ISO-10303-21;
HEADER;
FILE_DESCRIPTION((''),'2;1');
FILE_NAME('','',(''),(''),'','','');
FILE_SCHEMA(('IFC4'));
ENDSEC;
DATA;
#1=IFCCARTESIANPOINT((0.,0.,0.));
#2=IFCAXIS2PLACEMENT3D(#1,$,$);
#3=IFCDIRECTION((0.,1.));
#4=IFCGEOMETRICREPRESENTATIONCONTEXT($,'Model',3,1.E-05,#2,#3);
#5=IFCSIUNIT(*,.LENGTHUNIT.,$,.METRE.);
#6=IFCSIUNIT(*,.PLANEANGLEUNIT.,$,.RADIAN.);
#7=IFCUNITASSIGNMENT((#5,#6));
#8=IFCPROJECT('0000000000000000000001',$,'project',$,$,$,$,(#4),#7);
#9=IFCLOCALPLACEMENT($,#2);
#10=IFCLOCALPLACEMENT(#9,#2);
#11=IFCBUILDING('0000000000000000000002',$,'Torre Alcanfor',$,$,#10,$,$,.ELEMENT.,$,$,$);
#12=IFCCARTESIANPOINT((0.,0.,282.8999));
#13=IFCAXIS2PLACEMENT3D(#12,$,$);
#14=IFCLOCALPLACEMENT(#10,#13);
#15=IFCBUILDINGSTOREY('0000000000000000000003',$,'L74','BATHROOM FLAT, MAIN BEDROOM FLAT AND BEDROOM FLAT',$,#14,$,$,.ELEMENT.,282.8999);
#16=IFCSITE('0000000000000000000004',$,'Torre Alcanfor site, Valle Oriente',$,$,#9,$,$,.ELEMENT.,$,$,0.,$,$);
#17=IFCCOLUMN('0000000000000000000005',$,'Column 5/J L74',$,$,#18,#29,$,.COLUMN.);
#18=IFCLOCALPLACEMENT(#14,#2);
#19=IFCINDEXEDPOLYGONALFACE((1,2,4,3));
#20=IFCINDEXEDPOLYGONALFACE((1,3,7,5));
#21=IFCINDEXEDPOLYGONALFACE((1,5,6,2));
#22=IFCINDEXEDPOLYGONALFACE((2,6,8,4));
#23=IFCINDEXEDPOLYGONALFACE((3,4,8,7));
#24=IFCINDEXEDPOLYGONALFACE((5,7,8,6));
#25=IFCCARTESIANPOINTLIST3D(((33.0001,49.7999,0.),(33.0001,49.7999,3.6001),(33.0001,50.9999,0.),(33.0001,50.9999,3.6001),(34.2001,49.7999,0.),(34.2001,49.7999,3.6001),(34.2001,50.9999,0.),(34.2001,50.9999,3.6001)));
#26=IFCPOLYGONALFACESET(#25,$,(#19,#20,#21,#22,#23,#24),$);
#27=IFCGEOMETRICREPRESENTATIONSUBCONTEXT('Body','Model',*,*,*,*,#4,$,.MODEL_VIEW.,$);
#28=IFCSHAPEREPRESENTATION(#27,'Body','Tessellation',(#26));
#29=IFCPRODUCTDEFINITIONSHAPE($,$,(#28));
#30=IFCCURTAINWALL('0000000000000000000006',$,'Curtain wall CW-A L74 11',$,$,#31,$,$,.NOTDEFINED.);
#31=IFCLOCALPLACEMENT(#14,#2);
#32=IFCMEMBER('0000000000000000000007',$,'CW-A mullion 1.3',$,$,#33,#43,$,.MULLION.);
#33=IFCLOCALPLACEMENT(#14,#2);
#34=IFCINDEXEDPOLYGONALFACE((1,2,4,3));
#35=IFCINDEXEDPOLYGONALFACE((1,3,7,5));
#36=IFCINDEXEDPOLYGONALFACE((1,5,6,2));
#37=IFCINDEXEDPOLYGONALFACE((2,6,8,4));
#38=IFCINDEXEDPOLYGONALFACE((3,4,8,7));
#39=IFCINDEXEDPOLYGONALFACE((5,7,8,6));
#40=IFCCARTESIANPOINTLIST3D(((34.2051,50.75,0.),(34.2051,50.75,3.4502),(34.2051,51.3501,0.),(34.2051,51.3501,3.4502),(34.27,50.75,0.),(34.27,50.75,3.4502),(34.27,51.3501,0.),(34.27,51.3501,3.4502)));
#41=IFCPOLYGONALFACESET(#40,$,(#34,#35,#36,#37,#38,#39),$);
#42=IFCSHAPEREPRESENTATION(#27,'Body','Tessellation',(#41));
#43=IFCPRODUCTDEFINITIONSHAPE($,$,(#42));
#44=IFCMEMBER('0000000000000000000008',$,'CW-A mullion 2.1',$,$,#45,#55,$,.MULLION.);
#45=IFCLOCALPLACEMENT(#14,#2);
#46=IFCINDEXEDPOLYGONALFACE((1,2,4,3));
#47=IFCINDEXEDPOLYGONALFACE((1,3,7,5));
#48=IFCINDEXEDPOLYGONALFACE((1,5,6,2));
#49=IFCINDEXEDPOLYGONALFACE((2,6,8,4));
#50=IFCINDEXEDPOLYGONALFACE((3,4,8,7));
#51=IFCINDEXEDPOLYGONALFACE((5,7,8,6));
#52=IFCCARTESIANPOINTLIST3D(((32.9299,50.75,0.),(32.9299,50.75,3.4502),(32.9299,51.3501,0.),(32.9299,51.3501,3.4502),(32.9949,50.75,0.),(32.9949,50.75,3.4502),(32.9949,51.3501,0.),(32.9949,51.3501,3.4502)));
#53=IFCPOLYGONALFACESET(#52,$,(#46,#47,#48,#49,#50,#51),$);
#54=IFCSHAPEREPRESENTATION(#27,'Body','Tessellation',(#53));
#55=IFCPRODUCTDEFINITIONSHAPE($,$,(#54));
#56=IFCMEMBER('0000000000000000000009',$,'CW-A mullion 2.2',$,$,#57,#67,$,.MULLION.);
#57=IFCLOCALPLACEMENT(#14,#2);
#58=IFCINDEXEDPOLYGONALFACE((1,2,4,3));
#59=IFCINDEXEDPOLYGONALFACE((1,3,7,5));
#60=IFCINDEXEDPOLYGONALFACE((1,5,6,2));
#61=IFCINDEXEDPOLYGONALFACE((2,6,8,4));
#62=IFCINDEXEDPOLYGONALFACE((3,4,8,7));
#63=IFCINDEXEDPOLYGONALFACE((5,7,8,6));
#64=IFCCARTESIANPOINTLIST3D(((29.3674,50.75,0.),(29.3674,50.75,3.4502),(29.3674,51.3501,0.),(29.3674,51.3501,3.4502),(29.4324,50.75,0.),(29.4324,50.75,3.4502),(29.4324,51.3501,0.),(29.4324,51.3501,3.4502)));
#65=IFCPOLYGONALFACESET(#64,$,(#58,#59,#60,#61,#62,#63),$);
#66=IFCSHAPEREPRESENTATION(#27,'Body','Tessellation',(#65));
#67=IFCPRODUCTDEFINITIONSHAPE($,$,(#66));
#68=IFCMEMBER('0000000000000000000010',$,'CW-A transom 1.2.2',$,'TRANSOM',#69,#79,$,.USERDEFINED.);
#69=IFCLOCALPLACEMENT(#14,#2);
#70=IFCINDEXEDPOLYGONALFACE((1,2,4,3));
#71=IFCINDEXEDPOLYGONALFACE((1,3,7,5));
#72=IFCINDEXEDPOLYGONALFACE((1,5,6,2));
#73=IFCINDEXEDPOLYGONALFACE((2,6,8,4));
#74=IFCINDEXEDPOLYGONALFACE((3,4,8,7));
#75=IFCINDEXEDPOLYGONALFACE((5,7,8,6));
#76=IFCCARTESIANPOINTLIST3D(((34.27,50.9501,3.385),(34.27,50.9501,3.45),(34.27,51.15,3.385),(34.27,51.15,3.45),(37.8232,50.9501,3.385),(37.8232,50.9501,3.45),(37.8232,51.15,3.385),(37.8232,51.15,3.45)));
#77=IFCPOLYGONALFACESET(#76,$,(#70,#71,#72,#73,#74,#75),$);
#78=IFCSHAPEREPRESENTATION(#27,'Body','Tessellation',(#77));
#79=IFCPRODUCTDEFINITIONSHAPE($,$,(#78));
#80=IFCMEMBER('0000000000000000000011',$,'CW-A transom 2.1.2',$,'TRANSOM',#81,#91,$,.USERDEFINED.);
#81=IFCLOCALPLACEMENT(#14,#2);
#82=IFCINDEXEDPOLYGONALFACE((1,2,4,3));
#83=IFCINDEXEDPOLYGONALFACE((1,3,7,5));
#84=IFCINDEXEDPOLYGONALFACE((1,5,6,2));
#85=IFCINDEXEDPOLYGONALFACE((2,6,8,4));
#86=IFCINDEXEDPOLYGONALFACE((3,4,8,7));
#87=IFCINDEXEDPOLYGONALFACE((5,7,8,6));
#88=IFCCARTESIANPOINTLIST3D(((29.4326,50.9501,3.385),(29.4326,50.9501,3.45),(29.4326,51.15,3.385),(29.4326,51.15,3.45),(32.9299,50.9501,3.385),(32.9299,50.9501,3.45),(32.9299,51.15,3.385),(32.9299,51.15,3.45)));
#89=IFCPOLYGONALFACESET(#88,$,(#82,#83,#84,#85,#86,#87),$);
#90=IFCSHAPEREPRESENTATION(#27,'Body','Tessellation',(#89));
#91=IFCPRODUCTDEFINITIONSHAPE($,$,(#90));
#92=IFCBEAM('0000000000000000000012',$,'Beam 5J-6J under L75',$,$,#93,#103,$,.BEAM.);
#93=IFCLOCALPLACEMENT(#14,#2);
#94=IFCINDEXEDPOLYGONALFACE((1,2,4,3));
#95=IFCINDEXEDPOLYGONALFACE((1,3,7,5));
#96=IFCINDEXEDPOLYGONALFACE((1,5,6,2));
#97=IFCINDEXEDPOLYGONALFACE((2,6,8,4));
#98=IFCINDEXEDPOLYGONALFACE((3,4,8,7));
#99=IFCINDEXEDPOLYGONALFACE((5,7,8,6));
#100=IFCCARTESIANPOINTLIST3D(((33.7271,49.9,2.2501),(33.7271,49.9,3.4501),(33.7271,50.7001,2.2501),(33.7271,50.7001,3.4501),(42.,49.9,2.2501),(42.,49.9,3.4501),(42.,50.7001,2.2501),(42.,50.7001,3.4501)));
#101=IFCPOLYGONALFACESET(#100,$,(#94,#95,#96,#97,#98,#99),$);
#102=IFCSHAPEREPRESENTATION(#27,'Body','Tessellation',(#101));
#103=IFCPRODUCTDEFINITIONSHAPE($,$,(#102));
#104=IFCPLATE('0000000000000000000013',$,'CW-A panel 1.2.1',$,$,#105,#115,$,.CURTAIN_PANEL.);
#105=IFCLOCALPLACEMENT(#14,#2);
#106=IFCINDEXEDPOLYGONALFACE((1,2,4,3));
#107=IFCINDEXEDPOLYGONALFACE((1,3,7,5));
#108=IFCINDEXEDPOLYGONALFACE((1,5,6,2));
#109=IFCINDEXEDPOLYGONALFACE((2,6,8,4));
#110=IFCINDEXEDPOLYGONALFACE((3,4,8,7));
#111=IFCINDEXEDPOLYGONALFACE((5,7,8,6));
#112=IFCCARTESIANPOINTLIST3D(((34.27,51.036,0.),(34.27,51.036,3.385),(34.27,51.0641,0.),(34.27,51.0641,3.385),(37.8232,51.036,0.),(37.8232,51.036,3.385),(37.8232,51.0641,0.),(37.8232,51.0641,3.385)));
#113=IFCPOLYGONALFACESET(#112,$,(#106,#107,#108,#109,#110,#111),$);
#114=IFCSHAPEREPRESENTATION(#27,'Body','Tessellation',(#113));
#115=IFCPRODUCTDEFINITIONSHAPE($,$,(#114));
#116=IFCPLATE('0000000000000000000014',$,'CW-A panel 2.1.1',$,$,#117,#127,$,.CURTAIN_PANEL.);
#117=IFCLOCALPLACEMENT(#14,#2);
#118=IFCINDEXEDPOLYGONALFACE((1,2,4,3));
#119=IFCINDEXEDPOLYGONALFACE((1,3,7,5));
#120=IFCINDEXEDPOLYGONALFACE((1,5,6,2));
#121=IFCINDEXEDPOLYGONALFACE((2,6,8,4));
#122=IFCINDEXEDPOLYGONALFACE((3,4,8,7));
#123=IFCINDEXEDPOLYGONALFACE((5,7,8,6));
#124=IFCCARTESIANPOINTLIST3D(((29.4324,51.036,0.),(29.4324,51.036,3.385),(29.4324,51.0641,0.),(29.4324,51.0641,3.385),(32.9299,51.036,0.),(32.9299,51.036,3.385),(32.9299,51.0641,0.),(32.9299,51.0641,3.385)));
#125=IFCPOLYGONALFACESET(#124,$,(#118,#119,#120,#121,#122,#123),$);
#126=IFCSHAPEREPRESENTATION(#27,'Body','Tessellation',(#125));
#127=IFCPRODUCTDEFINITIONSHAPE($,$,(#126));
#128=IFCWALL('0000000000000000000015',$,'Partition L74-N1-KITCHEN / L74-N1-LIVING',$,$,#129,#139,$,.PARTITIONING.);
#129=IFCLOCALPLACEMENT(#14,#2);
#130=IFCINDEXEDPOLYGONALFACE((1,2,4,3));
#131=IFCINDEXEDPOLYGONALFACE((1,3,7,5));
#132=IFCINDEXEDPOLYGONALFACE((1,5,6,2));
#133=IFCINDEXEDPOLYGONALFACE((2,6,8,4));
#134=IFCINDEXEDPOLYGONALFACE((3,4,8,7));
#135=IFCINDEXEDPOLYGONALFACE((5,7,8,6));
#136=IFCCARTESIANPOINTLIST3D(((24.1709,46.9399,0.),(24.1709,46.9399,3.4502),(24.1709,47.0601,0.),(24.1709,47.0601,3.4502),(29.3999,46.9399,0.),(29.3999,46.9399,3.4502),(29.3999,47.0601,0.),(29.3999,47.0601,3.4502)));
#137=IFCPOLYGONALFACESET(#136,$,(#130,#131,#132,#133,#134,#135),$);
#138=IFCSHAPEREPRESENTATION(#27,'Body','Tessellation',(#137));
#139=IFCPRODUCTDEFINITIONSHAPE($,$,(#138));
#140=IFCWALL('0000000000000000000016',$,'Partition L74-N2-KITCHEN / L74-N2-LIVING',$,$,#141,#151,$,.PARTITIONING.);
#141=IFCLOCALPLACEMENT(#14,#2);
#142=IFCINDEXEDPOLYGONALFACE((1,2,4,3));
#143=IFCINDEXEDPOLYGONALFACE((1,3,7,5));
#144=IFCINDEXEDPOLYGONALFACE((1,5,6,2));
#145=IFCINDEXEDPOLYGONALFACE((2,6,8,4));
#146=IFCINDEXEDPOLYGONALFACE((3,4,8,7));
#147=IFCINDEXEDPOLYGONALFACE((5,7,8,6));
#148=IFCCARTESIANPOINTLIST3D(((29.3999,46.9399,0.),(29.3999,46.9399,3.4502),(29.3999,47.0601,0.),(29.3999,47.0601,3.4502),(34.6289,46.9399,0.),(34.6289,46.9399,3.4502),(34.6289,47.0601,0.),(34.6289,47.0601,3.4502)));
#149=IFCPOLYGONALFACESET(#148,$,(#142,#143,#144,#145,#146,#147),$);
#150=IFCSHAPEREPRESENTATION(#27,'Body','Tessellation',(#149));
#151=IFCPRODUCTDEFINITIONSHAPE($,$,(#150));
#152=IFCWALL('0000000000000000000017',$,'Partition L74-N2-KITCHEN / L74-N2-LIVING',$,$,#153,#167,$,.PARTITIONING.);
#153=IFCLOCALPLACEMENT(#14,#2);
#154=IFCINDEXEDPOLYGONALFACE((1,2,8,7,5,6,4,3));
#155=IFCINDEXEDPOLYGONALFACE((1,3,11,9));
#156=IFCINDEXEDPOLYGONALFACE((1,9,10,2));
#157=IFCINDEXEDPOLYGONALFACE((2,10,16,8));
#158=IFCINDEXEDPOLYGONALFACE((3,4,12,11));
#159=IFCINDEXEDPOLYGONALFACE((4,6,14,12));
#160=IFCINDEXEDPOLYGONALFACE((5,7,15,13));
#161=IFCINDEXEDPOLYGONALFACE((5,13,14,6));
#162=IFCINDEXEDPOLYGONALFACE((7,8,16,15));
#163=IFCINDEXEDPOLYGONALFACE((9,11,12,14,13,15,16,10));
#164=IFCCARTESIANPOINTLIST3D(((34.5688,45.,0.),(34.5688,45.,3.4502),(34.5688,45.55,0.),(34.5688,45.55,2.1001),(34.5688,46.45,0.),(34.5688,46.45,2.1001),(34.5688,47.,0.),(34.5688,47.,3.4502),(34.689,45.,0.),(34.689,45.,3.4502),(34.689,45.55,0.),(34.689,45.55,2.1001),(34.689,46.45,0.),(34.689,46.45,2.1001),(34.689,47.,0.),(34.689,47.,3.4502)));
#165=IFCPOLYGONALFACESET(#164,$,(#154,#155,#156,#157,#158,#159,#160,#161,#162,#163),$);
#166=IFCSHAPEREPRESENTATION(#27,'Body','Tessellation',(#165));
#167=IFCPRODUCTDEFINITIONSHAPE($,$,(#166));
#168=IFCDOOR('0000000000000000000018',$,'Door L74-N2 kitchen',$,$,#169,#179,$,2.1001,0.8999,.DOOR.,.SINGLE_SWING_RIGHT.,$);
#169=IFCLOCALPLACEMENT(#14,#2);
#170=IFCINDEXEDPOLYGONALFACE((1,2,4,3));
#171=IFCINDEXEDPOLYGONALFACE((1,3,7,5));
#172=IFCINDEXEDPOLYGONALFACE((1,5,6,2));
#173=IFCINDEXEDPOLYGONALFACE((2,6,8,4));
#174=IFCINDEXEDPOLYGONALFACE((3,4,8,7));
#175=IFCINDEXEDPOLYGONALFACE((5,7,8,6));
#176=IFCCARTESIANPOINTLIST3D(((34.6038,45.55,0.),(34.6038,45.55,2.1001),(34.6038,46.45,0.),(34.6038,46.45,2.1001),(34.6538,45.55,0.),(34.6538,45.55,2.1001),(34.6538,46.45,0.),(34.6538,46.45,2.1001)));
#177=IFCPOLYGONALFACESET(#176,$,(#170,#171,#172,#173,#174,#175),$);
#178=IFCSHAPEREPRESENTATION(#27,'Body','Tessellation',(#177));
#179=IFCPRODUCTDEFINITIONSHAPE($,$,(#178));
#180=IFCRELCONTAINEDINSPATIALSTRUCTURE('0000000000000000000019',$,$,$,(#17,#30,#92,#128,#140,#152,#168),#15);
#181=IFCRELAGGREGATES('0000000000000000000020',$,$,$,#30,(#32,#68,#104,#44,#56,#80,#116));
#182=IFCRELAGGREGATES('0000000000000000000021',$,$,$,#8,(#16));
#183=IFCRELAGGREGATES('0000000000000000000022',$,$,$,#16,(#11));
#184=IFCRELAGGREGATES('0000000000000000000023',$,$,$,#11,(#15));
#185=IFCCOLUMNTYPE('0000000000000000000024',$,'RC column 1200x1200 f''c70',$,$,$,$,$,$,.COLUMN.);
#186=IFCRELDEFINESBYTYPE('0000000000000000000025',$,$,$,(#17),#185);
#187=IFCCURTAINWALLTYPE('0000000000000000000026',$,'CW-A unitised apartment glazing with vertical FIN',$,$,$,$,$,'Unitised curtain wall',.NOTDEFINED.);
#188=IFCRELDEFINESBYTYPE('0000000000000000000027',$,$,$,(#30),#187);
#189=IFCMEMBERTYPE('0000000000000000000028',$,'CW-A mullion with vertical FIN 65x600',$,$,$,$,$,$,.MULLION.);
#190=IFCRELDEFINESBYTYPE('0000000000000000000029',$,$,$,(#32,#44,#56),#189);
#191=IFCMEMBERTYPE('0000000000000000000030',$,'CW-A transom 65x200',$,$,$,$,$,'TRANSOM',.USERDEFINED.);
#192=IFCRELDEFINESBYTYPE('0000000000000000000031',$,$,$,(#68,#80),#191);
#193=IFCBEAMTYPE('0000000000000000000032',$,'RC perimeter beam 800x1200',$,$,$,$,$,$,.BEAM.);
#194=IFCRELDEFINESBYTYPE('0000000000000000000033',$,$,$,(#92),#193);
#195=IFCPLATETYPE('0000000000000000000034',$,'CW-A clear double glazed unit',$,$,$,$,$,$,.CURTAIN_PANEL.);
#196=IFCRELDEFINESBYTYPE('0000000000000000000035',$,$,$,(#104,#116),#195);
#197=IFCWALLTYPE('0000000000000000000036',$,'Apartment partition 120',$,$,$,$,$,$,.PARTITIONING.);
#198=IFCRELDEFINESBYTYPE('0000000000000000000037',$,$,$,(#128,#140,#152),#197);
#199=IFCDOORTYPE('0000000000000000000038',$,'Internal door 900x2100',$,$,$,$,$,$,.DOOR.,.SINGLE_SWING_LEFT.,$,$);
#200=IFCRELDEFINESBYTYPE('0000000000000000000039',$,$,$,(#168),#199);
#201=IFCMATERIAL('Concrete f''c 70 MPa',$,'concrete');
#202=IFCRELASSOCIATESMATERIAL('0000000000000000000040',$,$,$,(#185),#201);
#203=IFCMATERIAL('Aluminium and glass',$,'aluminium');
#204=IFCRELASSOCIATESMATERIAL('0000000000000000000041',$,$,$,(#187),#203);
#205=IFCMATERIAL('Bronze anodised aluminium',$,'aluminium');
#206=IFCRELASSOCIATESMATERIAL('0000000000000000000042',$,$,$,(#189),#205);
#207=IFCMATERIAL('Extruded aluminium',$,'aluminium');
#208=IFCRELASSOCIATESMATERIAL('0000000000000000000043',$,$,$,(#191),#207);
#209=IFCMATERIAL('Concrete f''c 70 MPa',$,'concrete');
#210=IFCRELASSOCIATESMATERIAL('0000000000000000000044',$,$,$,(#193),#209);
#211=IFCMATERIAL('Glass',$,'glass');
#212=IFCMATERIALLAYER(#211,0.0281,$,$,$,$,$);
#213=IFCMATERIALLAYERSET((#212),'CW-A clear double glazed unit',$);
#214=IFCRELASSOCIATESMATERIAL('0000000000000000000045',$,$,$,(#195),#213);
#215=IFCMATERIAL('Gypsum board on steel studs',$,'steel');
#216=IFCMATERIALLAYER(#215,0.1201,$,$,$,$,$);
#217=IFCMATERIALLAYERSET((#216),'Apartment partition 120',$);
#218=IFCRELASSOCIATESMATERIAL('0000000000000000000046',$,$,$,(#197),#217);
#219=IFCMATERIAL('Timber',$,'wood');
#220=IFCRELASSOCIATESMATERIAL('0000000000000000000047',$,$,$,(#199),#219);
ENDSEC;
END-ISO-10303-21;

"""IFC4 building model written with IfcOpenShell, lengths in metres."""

from ifc_helpers import new_model, si_unit, direction, frame, frame_2d, origin, origin_2d, place, context, subcontext, project, spatial, rectangle, extrude, material, layer, layer_set, material_profile, profile_set, type_object, element, fill, aggregate, save


model = new_model("IFC4")

# Units and contexts
model_context = context("Model", 3, precision=1e-05, world=origin(), true_north=direction((0.0, 1.0)))
body_context = subcontext(model_context, "Body", "Model", "MODEL_VIEW")
ifc_project = project(units=[si_unit("LENGTHUNIT", "METRE"), si_unit("PLANEANGLEUNIT", "RADIAN")], contexts=[model_context])

# Site, building, storey
site_placement = place(None, origin())
site = spatial("IfcSite", under=ifc_project, at=site_placement, Name="Torre Alcanfor site, Valle Oriente", CompositionType="ELEMENT", RefElevation=0.0)
building_placement = place(site_placement, origin())
building = spatial("IfcBuilding", under=site, at=building_placement, Name="Torre Alcanfor", CompositionType="ELEMENT")
storey_placement = place(building_placement, frame((0.0, 0.0, 282.8999)))
storey = spatial("IfcBuildingStorey", under=building, at=storey_placement, Name="L74", Description="BATHROOM FLAT, MAIN BEDROOM FLAT AND BEDROOM FLAT", CompositionType="ELEMENT", Elevation=282.8999)

# Column
ifc_material_1 = material(Name="Concrete f'c 70 MPa", Category="concrete")
ifc_material_profile_1 = material_profile(ifc_material_1, rectangle(XDim=1.2, YDim=1.2, at=origin_2d()), Name="1200x1200")
ifc_profile_set_1 = profile_set([ifc_material_profile_1], Name="Concrete f'c 70 MPa")
column_type = type_object("IfcColumnType", Name="RC column 1200x1200 f'c70", PredefinedType="COLUMN", material=ifc_profile_set_1)
column_placement = place(storey_placement, frame((33.6001, 50.3999, 0.0), z_axis=(0.0, 0.0, 1.0), x_axis=(1.0, 0.0, 0.0)))
element("IfcColumn", 1, at=column_placement, inside=storey, type_object=column_type, Name="Column 5/J L74", PredefinedType="COLUMN", context=body_context, shape_type="SweptSolid", body=[
    extrude(rectangle(XDim=1.2, YDim=1.2, at=origin_2d()), origin(), (0.0, 0.0, 1.0), 3.6001),
])

# Curtain wall, members
ifc_material_2 = material(Name="Aluminium and glass", Category="aluminium")
curtain_wall_type = type_object("IfcCurtainWallType", Name="CW-A unitised apartment glazing with vertical FIN", ElementType="Unitised curtain wall", PredefinedType="NOTDEFINED", material=ifc_material_2)
curtain_wall_placement = place(storey_placement, origin())
curtain_wall = element("IfcCurtainWall", 2, at=curtain_wall_placement, inside=storey, type_object=curtain_wall_type, Name="Curtain wall CW-A L74 11", PredefinedType="NOTDEFINED")
ifc_material_3 = material(Name="Bronze anodised aluminium", Category="aluminium")
ifc_material_profile_2 = material_profile(ifc_material_3, rectangle(XDim=0.6001, YDim=0.0649, at=origin_2d()), Name="CW-A mullion 65x600")
ifc_profile_set_2 = profile_set([ifc_material_profile_2], Name="Bronze anodised aluminium")
member_type_1 = type_object("IfcMemberType", Name="CW-A mullion with vertical FIN 65x600", PredefinedType="MULLION", material=ifc_profile_set_2)
member_1_placement = place(storey_placement, frame((34.2375, 51.05, 0.0), z_axis=(0.0, 0.0, 1.0), x_axis=(0.0, -1.0, 0.0)))
member_1 = element("IfcMember", 3, at=member_1_placement, type_object=member_type_1, Name="CW-A mullion 1.3", PredefinedType="MULLION", context=body_context, shape_type="SweptSolid", body=[
    extrude(rectangle(XDim=0.6001, YDim=0.0649, at=origin_2d()), origin(), (0.0, 0.0, 1.0), 3.4502),
])
member_2_placement = place(storey_placement, frame((32.9624, 51.05, 0.0), z_axis=(0.0, 0.0, 1.0), x_axis=(0.0, -1.0, 0.0)))
member_2 = element("IfcMember", 4, at=member_2_placement, type_object=member_type_1, Name="CW-A mullion 2.1", PredefinedType="MULLION", context=body_context, shape_type="SweptSolid", body=[
    extrude(rectangle(XDim=0.6001, YDim=0.0649, at=origin_2d()), origin(), (0.0, 0.0, 1.0), 3.4502),
])
member_3_placement = place(storey_placement, frame((29.3999, 51.05, 0.0), z_axis=(0.0, 0.0, 1.0), x_axis=(0.0, -1.0, 0.0)))
member_3 = element("IfcMember", 5, at=member_3_placement, type_object=member_type_1, Name="CW-A mullion 2.2", PredefinedType="MULLION", context=body_context, shape_type="SweptSolid", body=[
    extrude(rectangle(XDim=0.6001, YDim=0.0649, at=origin_2d()), origin(), (0.0, 0.0, 1.0), 3.4502),
])
ifc_material_4 = material(Name="Extruded aluminium", Category="aluminium")
ifc_material_profile_3 = material_profile(ifc_material_4, rectangle(XDim=0.2, YDim=0.0649, at=origin_2d()), Name="CW-A transom 200x65")
ifc_profile_set_3 = profile_set([ifc_material_profile_3], Name="Extruded aluminium")
member_type_2 = type_object("IfcMemberType", Name="CW-A transom 65x200", ElementType="TRANSOM", PredefinedType="USERDEFINED", material=ifc_profile_set_3)
member_4_placement = place(storey_placement, frame((37.8232, 51.05, 3.4175), z_axis=(-1.0, 0.0, 0.0), x_axis=(0.0, -1.0, 0.0)))
member_4 = element("IfcMember", 6, at=member_4_placement, type_object=member_type_2, Name="CW-A transom 1.2.2", ObjectType="TRANSOM", PredefinedType="USERDEFINED", context=body_context, shape_type="SweptSolid", body=[
    extrude(rectangle(XDim=0.2, YDim=0.0649, at=origin_2d()), origin(), (0.0, 0.0, 1.0), 3.5532),
])
member_5_placement = place(storey_placement, frame((32.9299, 51.05, 3.4175), z_axis=(-1.0, 0.0, 0.0), x_axis=(0.0, -1.0, 0.0)))
member_5 = element("IfcMember", 7, at=member_5_placement, type_object=member_type_2, Name="CW-A transom 2.1.2", ObjectType="TRANSOM", PredefinedType="USERDEFINED", context=body_context, shape_type="SweptSolid", body=[
    extrude(rectangle(XDim=0.2, YDim=0.0649, at=origin_2d()), origin(), (0.0, 0.0, 1.0), 3.4973),
])

# Beam
ifc_material_5 = material(Name="Concrete f'c 70 MPa", Category="concrete")
ifc_material_profile_4 = material_profile(ifc_material_5, rectangle(XDim=0.8, YDim=1.2, at=origin_2d()), Name="800x1200")
ifc_profile_set_4 = profile_set([ifc_material_profile_4], Name="Concrete f'c 70 MPa")
beam_type = type_object("IfcBeamType", Name="RC perimeter beam 800x1200", PredefinedType="BEAM", material=ifc_profile_set_4)
beam_placement = place(storey_placement, frame((33.7271, 50.3, 2.8501), z_axis=(1.0, 0.0, 0.0), x_axis=(0.0, 1.0, 0.0)))
element("IfcBeam", 8, at=beam_placement, inside=storey, type_object=beam_type, Name="Beam 5J-6J under L75", PredefinedType="BEAM", context=body_context, shape_type="SweptSolid", body=[
    extrude(rectangle(XDim=0.8, YDim=1.2, at=origin_2d()), origin(), (0.0, 0.0, 1.0), 8.2729),
])

# Plates
ifc_material_6 = material(Name="Glass", Category="glass")
ifc_layer_1 = layer(ifc_material_6, 0.0281)
ifc_layer_set_1 = layer_set([ifc_layer_1], Name="CW-A clear double glazed unit")
plate_type = type_object("IfcPlateType", Name="CW-A clear double glazed unit", PredefinedType="CURTAIN_PANEL", material=ifc_layer_set_1)
plate_1_placement = place(storey_placement, frame((36.0466, 51.05, 0.0), z_axis=(0.0, 0.0, 1.0), x_axis=(-1.0, 0.0, 0.0)))
plate_1 = element("IfcPlate", 9, at=plate_1_placement, type_object=plate_type, Name="CW-A panel 1.2.1", PredefinedType="CURTAIN_PANEL", context=body_context, shape_type="SweptSolid", body=[
    extrude(rectangle(XDim=3.5532, YDim=0.0281, at=origin_2d()), origin(), (0.0, 0.0, 1.0), 3.385),
])
plate_2_placement = place(storey_placement, frame((31.1812, 51.05, 0.0), z_axis=(0.0, 0.0, 1.0), x_axis=(-1.0, 0.0, 0.0)))
plate_2 = element("IfcPlate", 10, at=plate_2_placement, type_object=plate_type, Name="CW-A panel 2.1.1", PredefinedType="CURTAIN_PANEL", context=body_context, shape_type="SweptSolid", body=[
    extrude(rectangle(XDim=3.4976, YDim=0.0281, at=origin_2d()), origin(), (0.0, 0.0, 1.0), 3.385),
])
aggregate(curtain_wall, [member_1, member_4, plate_1, member_2, member_3, member_5, plate_2])

# Walls
ifc_material_7 = material(Name="Gypsum board on steel studs", Category="steel")
ifc_layer_2 = layer(ifc_material_7, 0.1201)
ifc_layer_set_2 = layer_set([ifc_layer_2], Name="Apartment partition 120")
wall_type_1 = type_object("IfcWallType", Name="Apartment partition 120", PredefinedType="PARTITIONING", material=ifc_layer_set_2)
for number, where, z_axis, x_axis, name in (
    (11, (29.3999, 47.0, 0.0), (0.0, 0.0, 1.0), (-1.0, 0.0, 0.0), "Partition L74-N1-KITCHEN / L74-N1-LIVING"),
    (12, (29.3999, 47.0, 0.0), (0.0, 0.0, 1.0), (1.0, 0.0, 0.0), "Partition L74-N2-KITCHEN / L74-N2-LIVING"),
):
    element("IfcWall", number, at=place(storey_placement, frame(where, z_axis=z_axis, x_axis=x_axis)), inside=storey, type_object=wall_type_1, Name=name, PredefinedType="PARTITIONING", context=body_context, shape_type="SweptSolid", body=[
        extrude(rectangle(XDim=5.229, YDim=0.1201, at=frame_2d((2.6145, 0.0))), origin(), (0.0, 0.0, 1.0), 3.4502),
    ])

# Wall, opening, door
wall_1_placement = place(storey_placement, frame((34.6289, 47.0, 0.0), z_axis=(0.0, 0.0, 1.0), x_axis=(0.0, -1.0, 0.0)))
wall_1 = element("IfcWall", 13, at=wall_1_placement, inside=storey, type_object=wall_type_1, Name="Partition L74-N2-KITCHEN / L74-N2-LIVING", PredefinedType="PARTITIONING", context=body_context, shape_type="SweptSolid", body=[
    extrude(rectangle(XDim=2.0, YDim=0.1201, at=frame_2d((1.0, 0.0))), origin(), (0.0, 0.0, 1.0), 3.4502),
])
opening_1_placement = place(wall_1_placement, frame((0.55, 0.0, 0.0)))
opening_1 = element("IfcOpeningElement", 14, at=opening_1_placement, cuts=wall_1, PredefinedType="OPENING", context=body_context, shape_type="SweptSolid", body=[
    extrude(rectangle(XDim=0.8999, YDim=2.1001, at=frame_2d((0.45, 1.05))), frame((0.0, 0.0701, 0.0), z_axis=(0.0, -1.0, 0.0), x_axis=(1.0, 0.0, 0.0)), (0.0, 0.0, 1.0), 0.1401),
])
ifc_material_8 = material(Name="Timber", Category="wood")
door_type_1 = type_object("IfcDoorType", Name="Internal door 900x2100", OperationType="SINGLE_SWING_LEFT", PredefinedType="DOOR", material=ifc_material_8)
door_1_placement = place(opening_1_placement, frame((0.8999, 0.0, 0.0), z_axis=(0.0, 0.0, 1.0), x_axis=(-1.0, 0.0, 0.0)))
door_1 = element("IfcDoor", 15, at=door_1_placement, inside=storey, type_object=door_type_1, Name="Door L74-N2 kitchen", OperationType="SINGLE_SWING_RIGHT", OverallHeight=2.1001, OverallWidth=0.8999, PredefinedType="DOOR", context=body_context, shape_type="SweptSolid", body=[
    extrude(rectangle(XDim=0.8999, YDim=2.1001, at=frame_2d((0.45, 1.05))), frame((0.0, 0.0251, 0.0), z_axis=(0.0, -1.0, 0.0), x_axis=(1.0, 0.0, 0.0)), (0.0, 0.0, 1.0), 0.05),
])
fill(opening_1, door_1)

save(model, "model.ifc")
